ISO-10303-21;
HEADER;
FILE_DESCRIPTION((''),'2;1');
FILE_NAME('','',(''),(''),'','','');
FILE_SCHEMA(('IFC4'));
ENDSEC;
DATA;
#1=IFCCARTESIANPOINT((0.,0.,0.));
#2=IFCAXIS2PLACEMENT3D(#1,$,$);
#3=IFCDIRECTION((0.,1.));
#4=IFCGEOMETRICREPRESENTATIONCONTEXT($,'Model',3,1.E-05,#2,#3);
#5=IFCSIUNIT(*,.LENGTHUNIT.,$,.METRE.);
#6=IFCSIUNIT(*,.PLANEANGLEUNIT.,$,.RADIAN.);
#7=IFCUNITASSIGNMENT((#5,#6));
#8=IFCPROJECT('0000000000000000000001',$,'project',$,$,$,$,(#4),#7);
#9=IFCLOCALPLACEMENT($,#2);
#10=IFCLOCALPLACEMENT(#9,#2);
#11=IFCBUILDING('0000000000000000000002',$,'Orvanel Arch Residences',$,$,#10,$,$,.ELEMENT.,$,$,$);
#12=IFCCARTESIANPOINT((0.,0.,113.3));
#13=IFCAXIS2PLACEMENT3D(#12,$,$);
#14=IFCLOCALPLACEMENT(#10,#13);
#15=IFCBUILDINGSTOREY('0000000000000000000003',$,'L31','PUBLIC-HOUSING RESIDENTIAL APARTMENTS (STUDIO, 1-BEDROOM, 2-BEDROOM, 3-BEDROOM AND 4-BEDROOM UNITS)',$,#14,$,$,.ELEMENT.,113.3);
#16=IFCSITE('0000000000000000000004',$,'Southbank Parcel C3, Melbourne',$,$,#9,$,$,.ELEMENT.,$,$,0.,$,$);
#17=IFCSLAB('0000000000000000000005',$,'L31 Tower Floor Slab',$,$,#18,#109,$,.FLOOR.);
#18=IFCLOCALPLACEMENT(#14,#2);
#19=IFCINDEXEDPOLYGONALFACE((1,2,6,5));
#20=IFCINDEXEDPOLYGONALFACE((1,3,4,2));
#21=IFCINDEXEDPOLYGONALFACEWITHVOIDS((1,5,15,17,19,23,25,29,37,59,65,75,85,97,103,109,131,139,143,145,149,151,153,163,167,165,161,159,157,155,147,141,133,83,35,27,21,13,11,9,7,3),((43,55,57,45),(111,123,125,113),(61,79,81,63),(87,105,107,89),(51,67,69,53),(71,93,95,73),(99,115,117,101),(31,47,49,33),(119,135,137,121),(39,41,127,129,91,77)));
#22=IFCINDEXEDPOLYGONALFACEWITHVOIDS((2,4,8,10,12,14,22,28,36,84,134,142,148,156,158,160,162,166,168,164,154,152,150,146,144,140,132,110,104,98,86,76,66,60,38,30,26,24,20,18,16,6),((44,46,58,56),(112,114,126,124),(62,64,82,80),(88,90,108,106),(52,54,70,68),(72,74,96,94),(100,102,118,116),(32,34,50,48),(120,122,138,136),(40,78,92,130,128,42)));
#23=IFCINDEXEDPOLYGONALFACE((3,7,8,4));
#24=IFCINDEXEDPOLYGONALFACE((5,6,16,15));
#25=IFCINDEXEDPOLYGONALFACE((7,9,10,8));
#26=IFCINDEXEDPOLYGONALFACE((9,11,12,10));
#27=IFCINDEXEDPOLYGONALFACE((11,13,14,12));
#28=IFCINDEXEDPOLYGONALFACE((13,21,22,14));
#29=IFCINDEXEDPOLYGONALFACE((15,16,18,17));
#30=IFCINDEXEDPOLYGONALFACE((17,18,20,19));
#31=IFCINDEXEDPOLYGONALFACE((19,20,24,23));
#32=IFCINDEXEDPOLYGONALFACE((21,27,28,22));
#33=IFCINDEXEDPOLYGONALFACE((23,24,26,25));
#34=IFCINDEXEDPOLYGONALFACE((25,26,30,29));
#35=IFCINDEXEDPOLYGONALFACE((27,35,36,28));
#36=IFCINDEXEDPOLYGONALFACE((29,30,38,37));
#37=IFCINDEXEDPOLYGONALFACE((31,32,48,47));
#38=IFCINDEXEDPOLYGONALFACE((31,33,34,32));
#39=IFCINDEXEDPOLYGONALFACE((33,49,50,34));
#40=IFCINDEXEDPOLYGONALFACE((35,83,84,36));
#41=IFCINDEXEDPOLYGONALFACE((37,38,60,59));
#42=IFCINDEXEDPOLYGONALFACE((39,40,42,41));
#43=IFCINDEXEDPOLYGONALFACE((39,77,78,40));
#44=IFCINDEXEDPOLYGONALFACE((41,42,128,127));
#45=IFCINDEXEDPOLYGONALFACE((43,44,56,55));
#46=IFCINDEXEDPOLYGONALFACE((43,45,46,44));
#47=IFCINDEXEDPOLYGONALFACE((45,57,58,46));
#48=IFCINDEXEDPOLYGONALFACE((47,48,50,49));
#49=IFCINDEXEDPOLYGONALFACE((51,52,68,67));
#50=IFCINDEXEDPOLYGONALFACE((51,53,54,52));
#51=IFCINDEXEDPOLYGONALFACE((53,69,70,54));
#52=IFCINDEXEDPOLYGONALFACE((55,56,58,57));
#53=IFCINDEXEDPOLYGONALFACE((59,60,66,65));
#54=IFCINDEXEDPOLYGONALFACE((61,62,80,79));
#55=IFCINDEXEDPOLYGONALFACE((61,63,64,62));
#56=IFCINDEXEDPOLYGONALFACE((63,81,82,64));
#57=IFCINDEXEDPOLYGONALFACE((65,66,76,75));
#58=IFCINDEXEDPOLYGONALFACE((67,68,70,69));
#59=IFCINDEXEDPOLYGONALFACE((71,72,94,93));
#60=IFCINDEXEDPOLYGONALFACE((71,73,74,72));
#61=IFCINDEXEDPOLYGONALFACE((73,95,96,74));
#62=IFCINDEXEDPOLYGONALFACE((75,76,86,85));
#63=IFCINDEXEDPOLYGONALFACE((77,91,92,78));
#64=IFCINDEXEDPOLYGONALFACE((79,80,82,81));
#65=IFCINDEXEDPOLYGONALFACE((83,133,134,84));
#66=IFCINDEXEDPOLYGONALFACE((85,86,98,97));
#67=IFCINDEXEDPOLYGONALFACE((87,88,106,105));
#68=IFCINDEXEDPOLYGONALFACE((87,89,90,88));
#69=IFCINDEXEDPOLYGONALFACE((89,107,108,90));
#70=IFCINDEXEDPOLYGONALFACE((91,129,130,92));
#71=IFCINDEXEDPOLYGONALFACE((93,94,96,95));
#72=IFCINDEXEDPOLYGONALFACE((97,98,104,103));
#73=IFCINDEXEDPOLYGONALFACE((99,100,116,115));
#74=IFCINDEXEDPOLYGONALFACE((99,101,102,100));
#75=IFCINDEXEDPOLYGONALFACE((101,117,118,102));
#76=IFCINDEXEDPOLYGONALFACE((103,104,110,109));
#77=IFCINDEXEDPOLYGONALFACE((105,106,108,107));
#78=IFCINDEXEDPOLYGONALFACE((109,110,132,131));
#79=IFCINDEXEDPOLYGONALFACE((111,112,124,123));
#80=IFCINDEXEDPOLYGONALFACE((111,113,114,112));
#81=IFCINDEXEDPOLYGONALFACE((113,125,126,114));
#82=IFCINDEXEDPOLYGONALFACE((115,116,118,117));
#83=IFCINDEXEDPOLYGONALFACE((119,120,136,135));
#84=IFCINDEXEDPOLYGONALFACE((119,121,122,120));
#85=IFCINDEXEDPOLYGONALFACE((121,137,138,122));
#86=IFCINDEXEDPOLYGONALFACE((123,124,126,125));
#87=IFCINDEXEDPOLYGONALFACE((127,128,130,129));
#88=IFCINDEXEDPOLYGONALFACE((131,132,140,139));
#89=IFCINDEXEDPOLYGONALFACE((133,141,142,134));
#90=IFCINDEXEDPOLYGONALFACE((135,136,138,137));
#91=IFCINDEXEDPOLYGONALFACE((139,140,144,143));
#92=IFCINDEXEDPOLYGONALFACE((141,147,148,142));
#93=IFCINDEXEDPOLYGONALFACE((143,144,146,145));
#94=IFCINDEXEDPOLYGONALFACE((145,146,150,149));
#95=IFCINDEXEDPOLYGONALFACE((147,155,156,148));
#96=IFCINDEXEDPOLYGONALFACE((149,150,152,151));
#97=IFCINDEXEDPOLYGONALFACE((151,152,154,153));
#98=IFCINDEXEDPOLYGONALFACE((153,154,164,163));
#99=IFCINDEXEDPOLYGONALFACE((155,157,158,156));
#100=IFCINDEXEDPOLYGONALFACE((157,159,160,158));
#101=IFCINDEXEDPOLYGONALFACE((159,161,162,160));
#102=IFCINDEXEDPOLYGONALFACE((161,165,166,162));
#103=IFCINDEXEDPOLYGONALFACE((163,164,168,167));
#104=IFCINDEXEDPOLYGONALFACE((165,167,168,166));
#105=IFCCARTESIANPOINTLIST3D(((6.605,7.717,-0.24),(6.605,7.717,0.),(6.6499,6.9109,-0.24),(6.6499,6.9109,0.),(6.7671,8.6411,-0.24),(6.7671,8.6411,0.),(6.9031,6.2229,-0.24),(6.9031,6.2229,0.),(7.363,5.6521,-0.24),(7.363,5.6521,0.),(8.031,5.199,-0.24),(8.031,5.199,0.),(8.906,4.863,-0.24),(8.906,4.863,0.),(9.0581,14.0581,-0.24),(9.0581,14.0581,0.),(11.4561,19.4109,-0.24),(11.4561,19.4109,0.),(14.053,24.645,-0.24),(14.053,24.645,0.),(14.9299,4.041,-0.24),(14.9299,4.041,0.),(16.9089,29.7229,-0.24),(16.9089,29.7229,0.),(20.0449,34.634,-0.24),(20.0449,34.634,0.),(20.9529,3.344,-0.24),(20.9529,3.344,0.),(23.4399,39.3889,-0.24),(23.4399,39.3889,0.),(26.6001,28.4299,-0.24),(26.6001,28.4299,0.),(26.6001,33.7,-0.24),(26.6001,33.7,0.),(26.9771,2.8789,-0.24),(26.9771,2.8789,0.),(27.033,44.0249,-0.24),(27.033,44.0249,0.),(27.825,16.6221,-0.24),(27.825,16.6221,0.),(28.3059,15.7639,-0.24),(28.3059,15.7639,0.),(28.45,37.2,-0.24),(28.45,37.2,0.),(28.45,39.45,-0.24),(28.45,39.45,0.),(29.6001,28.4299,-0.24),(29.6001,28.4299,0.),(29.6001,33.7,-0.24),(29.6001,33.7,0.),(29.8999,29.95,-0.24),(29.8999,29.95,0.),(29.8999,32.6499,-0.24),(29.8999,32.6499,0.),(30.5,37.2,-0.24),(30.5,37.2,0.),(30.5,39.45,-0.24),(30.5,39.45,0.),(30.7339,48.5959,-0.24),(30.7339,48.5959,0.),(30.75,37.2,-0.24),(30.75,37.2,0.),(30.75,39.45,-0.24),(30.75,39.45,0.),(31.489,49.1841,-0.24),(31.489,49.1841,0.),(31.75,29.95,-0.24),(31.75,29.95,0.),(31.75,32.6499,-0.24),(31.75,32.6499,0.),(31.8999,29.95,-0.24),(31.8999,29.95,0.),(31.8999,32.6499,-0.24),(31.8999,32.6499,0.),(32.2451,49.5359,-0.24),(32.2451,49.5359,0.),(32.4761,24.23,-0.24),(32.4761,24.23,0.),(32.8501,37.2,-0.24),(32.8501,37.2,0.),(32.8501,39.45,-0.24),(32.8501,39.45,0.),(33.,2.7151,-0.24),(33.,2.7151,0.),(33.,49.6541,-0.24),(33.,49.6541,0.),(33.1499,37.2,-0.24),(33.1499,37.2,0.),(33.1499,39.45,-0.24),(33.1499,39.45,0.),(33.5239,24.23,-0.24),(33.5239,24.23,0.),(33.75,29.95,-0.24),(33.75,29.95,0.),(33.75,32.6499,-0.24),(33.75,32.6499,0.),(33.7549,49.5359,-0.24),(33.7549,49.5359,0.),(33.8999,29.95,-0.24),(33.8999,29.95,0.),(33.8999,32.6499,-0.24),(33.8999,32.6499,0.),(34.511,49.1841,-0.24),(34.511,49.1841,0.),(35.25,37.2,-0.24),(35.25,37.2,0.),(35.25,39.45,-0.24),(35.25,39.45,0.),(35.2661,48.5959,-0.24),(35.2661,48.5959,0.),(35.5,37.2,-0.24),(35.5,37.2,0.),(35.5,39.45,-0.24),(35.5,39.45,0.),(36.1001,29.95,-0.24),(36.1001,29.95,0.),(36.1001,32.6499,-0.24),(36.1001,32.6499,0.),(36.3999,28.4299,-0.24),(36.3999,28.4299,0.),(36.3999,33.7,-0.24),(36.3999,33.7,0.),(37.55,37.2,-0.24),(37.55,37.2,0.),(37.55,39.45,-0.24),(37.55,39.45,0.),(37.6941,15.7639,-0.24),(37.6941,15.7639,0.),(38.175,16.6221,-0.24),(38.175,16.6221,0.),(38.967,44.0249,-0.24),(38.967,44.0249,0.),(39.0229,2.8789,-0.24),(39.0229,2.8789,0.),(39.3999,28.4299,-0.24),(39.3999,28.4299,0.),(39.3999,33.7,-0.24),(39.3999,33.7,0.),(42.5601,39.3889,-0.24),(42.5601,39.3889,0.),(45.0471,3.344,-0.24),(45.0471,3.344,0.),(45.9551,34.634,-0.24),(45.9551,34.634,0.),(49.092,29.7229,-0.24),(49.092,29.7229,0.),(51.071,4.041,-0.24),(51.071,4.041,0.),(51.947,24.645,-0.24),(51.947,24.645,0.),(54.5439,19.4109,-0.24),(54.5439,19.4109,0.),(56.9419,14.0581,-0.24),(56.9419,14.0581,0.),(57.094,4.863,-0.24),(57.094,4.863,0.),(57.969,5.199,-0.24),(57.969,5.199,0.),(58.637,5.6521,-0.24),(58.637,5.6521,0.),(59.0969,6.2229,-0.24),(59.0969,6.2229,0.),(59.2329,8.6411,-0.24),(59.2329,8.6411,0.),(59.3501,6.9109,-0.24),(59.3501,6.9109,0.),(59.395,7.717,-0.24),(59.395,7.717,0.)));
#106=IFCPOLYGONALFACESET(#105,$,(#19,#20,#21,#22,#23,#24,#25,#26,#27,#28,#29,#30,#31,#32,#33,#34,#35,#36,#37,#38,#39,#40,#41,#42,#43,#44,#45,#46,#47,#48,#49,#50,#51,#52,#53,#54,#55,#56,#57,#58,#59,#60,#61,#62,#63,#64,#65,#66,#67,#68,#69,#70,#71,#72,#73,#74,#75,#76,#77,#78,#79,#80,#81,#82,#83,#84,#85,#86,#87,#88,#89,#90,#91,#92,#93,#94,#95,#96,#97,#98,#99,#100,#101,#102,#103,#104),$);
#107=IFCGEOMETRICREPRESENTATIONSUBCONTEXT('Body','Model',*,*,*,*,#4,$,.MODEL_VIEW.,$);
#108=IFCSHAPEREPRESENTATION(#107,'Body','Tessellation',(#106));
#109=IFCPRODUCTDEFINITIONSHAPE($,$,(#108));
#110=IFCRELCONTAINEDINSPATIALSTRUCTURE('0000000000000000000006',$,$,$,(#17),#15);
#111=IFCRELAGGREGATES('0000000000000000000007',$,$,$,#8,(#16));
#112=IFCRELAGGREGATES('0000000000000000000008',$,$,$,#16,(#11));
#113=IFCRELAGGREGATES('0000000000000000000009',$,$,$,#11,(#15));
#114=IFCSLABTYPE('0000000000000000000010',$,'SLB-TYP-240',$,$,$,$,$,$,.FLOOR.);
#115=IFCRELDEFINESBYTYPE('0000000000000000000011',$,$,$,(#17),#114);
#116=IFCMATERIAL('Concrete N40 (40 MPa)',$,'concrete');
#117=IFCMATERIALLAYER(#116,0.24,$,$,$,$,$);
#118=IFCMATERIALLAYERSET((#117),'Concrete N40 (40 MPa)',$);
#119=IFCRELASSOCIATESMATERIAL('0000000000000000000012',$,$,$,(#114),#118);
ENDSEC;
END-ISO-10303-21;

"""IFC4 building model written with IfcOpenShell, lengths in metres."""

from ifc_helpers import new_model, si_unit, direction, frame, origin, place, context, subcontext, project, spatial, polyline, outline, extrude, material, layer, layer_set, type_object, element, save


model = new_model("IFC4")

# Units and contexts
model_context = context("Model", 3, precision=1e-05, world=origin(), true_north=direction((0.0, 1.0)))
body_context = subcontext(model_context, "Body", "Model", "MODEL_VIEW")
ifc_project = project(units=[si_unit("LENGTHUNIT", "METRE"), si_unit("PLANEANGLEUNIT", "RADIAN")], contexts=[model_context])

# Site, building, storey
site_placement = place(None, origin())
site = spatial("IfcSite", under=ifc_project, at=site_placement, Name="Southbank Parcel C3, Melbourne", CompositionType="ELEMENT", RefElevation=0.0)
building_placement = place(site_placement, origin())
building = spatial("IfcBuilding", under=site, at=building_placement, Name="Orvanel Arch Residences", CompositionType="ELEMENT")
storey_placement = place(building_placement, frame((0.0, 0.0, 113.3)))
storey = spatial("IfcBuildingStorey", under=building, at=storey_placement, Name="L31", Description="PUBLIC-HOUSING RESIDENTIAL APARTMENTS (STUDIO, 1-BEDROOM, 2-BEDROOM, 3-BEDROOM AND 4-BEDROOM UNITS)", CompositionType="ELEMENT", Elevation=113.3)

# Shared definitions
ifc_material_1 = material(Name="Concrete N40 (40 MPa)", Category="concrete")

# Slab
ifc_layer_1 = layer(ifc_material_1, 0.24)
ifc_layer_set_1 = layer_set([ifc_layer_1], Name="Concrete N40 (40 MPa)")
slab_type_1 = type_object("IfcSlabType", Name="SLB-TYP-240", PredefinedType="FLOOR", material=ifc_layer_set_1)
slab_1_placement = place(storey_placement, frame((0.0, 0.0, -0.24)))
element("IfcSlab", 1, at=slab_1_placement, inside=storey, type_object=slab_type_1, Name="L31 Tower Floor Slab", PredefinedType="FLOOR", context=body_context, shape_type="SweptSolid", body=[
    extrude(outline(polyline([(35.2661, 48.5959), (34.511, 49.1841), (33.7549, 49.5359), (33.0, 49.6541), (32.2451, 49.5359), (31.489, 49.1841), (30.7339, 48.5959), (27.033, 44.0249), (23.4399, 39.3889), (20.0449, 34.634), (16.9089, 29.7229), (14.053, 24.645), (11.4561, 19.4109), (9.0581, 14.0581), (6.7671, 8.6411), (6.605, 7.717), (6.6499, 6.9109), (6.9031, 6.2229), (7.363, 5.6521), (8.031, 5.199), (8.906, 4.863), (14.9299, 4.041), (20.9529, 3.344), (26.9771, 2.8789), (33.0, 2.7151), (39.0229, 2.8789), (45.0471, 3.344), (51.071, 4.041), (57.094, 4.863), (57.969, 5.199), (58.637, 5.6521), (59.0969, 6.2229), (59.3501, 6.9109), (59.395, 7.717), (59.2329, 8.6411), (56.9419, 14.0581), (54.5439, 19.4109), (51.947, 24.645), (49.092, 29.7229), (45.9551, 34.634), (42.5601, 39.3889), (38.967, 44.0249), (35.2661, 48.5959)]), holes=[polyline([(26.6001, 28.4299), (26.6001, 33.7), (29.6001, 33.7), (29.6001, 28.4299), (26.6001, 28.4299)]), polyline([(36.3999, 28.4299), (36.3999, 33.7), (39.3999, 33.7), (39.3999, 28.4299), (36.3999, 28.4299)]), polyline([(29.8999, 32.6499), (31.75, 32.6499), (31.75, 29.95), (29.8999, 29.95), (29.8999, 32.6499)]), polyline([(31.8999, 32.6499), (33.75, 32.6499), (33.75, 29.95), (31.8999, 29.95), (31.8999, 32.6499)]), polyline([(33.8999, 32.6499), (36.1001, 32.6499), (36.1001, 29.95), (33.8999, 29.95), (33.8999, 32.6499)]), polyline([(28.45, 39.45), (30.5, 39.45), (30.5, 37.2), (28.45, 37.2), (28.45, 39.45)]), polyline([(35.5, 39.45), (37.55, 39.45), (37.55, 37.2), (35.5, 37.2), (35.5, 39.45)]), polyline([(30.75, 39.45), (32.8501, 39.45), (32.8501, 37.2), (30.75, 37.2), (30.75, 39.45)]), polyline([(33.1499, 39.45), (35.25, 39.45), (35.25, 37.2), (33.1499, 37.2), (33.1499, 39.45)]), polyline([(38.175, 16.6221), (37.6941, 15.7639), (28.3059, 15.7639), (27.825, 16.6221), (32.4761, 24.23), (33.5239, 24.23), (38.175, 16.6221)])]), origin(), (0.0, 0.0, 1.0), 0.24),
])

save(model, "model.ifc")
